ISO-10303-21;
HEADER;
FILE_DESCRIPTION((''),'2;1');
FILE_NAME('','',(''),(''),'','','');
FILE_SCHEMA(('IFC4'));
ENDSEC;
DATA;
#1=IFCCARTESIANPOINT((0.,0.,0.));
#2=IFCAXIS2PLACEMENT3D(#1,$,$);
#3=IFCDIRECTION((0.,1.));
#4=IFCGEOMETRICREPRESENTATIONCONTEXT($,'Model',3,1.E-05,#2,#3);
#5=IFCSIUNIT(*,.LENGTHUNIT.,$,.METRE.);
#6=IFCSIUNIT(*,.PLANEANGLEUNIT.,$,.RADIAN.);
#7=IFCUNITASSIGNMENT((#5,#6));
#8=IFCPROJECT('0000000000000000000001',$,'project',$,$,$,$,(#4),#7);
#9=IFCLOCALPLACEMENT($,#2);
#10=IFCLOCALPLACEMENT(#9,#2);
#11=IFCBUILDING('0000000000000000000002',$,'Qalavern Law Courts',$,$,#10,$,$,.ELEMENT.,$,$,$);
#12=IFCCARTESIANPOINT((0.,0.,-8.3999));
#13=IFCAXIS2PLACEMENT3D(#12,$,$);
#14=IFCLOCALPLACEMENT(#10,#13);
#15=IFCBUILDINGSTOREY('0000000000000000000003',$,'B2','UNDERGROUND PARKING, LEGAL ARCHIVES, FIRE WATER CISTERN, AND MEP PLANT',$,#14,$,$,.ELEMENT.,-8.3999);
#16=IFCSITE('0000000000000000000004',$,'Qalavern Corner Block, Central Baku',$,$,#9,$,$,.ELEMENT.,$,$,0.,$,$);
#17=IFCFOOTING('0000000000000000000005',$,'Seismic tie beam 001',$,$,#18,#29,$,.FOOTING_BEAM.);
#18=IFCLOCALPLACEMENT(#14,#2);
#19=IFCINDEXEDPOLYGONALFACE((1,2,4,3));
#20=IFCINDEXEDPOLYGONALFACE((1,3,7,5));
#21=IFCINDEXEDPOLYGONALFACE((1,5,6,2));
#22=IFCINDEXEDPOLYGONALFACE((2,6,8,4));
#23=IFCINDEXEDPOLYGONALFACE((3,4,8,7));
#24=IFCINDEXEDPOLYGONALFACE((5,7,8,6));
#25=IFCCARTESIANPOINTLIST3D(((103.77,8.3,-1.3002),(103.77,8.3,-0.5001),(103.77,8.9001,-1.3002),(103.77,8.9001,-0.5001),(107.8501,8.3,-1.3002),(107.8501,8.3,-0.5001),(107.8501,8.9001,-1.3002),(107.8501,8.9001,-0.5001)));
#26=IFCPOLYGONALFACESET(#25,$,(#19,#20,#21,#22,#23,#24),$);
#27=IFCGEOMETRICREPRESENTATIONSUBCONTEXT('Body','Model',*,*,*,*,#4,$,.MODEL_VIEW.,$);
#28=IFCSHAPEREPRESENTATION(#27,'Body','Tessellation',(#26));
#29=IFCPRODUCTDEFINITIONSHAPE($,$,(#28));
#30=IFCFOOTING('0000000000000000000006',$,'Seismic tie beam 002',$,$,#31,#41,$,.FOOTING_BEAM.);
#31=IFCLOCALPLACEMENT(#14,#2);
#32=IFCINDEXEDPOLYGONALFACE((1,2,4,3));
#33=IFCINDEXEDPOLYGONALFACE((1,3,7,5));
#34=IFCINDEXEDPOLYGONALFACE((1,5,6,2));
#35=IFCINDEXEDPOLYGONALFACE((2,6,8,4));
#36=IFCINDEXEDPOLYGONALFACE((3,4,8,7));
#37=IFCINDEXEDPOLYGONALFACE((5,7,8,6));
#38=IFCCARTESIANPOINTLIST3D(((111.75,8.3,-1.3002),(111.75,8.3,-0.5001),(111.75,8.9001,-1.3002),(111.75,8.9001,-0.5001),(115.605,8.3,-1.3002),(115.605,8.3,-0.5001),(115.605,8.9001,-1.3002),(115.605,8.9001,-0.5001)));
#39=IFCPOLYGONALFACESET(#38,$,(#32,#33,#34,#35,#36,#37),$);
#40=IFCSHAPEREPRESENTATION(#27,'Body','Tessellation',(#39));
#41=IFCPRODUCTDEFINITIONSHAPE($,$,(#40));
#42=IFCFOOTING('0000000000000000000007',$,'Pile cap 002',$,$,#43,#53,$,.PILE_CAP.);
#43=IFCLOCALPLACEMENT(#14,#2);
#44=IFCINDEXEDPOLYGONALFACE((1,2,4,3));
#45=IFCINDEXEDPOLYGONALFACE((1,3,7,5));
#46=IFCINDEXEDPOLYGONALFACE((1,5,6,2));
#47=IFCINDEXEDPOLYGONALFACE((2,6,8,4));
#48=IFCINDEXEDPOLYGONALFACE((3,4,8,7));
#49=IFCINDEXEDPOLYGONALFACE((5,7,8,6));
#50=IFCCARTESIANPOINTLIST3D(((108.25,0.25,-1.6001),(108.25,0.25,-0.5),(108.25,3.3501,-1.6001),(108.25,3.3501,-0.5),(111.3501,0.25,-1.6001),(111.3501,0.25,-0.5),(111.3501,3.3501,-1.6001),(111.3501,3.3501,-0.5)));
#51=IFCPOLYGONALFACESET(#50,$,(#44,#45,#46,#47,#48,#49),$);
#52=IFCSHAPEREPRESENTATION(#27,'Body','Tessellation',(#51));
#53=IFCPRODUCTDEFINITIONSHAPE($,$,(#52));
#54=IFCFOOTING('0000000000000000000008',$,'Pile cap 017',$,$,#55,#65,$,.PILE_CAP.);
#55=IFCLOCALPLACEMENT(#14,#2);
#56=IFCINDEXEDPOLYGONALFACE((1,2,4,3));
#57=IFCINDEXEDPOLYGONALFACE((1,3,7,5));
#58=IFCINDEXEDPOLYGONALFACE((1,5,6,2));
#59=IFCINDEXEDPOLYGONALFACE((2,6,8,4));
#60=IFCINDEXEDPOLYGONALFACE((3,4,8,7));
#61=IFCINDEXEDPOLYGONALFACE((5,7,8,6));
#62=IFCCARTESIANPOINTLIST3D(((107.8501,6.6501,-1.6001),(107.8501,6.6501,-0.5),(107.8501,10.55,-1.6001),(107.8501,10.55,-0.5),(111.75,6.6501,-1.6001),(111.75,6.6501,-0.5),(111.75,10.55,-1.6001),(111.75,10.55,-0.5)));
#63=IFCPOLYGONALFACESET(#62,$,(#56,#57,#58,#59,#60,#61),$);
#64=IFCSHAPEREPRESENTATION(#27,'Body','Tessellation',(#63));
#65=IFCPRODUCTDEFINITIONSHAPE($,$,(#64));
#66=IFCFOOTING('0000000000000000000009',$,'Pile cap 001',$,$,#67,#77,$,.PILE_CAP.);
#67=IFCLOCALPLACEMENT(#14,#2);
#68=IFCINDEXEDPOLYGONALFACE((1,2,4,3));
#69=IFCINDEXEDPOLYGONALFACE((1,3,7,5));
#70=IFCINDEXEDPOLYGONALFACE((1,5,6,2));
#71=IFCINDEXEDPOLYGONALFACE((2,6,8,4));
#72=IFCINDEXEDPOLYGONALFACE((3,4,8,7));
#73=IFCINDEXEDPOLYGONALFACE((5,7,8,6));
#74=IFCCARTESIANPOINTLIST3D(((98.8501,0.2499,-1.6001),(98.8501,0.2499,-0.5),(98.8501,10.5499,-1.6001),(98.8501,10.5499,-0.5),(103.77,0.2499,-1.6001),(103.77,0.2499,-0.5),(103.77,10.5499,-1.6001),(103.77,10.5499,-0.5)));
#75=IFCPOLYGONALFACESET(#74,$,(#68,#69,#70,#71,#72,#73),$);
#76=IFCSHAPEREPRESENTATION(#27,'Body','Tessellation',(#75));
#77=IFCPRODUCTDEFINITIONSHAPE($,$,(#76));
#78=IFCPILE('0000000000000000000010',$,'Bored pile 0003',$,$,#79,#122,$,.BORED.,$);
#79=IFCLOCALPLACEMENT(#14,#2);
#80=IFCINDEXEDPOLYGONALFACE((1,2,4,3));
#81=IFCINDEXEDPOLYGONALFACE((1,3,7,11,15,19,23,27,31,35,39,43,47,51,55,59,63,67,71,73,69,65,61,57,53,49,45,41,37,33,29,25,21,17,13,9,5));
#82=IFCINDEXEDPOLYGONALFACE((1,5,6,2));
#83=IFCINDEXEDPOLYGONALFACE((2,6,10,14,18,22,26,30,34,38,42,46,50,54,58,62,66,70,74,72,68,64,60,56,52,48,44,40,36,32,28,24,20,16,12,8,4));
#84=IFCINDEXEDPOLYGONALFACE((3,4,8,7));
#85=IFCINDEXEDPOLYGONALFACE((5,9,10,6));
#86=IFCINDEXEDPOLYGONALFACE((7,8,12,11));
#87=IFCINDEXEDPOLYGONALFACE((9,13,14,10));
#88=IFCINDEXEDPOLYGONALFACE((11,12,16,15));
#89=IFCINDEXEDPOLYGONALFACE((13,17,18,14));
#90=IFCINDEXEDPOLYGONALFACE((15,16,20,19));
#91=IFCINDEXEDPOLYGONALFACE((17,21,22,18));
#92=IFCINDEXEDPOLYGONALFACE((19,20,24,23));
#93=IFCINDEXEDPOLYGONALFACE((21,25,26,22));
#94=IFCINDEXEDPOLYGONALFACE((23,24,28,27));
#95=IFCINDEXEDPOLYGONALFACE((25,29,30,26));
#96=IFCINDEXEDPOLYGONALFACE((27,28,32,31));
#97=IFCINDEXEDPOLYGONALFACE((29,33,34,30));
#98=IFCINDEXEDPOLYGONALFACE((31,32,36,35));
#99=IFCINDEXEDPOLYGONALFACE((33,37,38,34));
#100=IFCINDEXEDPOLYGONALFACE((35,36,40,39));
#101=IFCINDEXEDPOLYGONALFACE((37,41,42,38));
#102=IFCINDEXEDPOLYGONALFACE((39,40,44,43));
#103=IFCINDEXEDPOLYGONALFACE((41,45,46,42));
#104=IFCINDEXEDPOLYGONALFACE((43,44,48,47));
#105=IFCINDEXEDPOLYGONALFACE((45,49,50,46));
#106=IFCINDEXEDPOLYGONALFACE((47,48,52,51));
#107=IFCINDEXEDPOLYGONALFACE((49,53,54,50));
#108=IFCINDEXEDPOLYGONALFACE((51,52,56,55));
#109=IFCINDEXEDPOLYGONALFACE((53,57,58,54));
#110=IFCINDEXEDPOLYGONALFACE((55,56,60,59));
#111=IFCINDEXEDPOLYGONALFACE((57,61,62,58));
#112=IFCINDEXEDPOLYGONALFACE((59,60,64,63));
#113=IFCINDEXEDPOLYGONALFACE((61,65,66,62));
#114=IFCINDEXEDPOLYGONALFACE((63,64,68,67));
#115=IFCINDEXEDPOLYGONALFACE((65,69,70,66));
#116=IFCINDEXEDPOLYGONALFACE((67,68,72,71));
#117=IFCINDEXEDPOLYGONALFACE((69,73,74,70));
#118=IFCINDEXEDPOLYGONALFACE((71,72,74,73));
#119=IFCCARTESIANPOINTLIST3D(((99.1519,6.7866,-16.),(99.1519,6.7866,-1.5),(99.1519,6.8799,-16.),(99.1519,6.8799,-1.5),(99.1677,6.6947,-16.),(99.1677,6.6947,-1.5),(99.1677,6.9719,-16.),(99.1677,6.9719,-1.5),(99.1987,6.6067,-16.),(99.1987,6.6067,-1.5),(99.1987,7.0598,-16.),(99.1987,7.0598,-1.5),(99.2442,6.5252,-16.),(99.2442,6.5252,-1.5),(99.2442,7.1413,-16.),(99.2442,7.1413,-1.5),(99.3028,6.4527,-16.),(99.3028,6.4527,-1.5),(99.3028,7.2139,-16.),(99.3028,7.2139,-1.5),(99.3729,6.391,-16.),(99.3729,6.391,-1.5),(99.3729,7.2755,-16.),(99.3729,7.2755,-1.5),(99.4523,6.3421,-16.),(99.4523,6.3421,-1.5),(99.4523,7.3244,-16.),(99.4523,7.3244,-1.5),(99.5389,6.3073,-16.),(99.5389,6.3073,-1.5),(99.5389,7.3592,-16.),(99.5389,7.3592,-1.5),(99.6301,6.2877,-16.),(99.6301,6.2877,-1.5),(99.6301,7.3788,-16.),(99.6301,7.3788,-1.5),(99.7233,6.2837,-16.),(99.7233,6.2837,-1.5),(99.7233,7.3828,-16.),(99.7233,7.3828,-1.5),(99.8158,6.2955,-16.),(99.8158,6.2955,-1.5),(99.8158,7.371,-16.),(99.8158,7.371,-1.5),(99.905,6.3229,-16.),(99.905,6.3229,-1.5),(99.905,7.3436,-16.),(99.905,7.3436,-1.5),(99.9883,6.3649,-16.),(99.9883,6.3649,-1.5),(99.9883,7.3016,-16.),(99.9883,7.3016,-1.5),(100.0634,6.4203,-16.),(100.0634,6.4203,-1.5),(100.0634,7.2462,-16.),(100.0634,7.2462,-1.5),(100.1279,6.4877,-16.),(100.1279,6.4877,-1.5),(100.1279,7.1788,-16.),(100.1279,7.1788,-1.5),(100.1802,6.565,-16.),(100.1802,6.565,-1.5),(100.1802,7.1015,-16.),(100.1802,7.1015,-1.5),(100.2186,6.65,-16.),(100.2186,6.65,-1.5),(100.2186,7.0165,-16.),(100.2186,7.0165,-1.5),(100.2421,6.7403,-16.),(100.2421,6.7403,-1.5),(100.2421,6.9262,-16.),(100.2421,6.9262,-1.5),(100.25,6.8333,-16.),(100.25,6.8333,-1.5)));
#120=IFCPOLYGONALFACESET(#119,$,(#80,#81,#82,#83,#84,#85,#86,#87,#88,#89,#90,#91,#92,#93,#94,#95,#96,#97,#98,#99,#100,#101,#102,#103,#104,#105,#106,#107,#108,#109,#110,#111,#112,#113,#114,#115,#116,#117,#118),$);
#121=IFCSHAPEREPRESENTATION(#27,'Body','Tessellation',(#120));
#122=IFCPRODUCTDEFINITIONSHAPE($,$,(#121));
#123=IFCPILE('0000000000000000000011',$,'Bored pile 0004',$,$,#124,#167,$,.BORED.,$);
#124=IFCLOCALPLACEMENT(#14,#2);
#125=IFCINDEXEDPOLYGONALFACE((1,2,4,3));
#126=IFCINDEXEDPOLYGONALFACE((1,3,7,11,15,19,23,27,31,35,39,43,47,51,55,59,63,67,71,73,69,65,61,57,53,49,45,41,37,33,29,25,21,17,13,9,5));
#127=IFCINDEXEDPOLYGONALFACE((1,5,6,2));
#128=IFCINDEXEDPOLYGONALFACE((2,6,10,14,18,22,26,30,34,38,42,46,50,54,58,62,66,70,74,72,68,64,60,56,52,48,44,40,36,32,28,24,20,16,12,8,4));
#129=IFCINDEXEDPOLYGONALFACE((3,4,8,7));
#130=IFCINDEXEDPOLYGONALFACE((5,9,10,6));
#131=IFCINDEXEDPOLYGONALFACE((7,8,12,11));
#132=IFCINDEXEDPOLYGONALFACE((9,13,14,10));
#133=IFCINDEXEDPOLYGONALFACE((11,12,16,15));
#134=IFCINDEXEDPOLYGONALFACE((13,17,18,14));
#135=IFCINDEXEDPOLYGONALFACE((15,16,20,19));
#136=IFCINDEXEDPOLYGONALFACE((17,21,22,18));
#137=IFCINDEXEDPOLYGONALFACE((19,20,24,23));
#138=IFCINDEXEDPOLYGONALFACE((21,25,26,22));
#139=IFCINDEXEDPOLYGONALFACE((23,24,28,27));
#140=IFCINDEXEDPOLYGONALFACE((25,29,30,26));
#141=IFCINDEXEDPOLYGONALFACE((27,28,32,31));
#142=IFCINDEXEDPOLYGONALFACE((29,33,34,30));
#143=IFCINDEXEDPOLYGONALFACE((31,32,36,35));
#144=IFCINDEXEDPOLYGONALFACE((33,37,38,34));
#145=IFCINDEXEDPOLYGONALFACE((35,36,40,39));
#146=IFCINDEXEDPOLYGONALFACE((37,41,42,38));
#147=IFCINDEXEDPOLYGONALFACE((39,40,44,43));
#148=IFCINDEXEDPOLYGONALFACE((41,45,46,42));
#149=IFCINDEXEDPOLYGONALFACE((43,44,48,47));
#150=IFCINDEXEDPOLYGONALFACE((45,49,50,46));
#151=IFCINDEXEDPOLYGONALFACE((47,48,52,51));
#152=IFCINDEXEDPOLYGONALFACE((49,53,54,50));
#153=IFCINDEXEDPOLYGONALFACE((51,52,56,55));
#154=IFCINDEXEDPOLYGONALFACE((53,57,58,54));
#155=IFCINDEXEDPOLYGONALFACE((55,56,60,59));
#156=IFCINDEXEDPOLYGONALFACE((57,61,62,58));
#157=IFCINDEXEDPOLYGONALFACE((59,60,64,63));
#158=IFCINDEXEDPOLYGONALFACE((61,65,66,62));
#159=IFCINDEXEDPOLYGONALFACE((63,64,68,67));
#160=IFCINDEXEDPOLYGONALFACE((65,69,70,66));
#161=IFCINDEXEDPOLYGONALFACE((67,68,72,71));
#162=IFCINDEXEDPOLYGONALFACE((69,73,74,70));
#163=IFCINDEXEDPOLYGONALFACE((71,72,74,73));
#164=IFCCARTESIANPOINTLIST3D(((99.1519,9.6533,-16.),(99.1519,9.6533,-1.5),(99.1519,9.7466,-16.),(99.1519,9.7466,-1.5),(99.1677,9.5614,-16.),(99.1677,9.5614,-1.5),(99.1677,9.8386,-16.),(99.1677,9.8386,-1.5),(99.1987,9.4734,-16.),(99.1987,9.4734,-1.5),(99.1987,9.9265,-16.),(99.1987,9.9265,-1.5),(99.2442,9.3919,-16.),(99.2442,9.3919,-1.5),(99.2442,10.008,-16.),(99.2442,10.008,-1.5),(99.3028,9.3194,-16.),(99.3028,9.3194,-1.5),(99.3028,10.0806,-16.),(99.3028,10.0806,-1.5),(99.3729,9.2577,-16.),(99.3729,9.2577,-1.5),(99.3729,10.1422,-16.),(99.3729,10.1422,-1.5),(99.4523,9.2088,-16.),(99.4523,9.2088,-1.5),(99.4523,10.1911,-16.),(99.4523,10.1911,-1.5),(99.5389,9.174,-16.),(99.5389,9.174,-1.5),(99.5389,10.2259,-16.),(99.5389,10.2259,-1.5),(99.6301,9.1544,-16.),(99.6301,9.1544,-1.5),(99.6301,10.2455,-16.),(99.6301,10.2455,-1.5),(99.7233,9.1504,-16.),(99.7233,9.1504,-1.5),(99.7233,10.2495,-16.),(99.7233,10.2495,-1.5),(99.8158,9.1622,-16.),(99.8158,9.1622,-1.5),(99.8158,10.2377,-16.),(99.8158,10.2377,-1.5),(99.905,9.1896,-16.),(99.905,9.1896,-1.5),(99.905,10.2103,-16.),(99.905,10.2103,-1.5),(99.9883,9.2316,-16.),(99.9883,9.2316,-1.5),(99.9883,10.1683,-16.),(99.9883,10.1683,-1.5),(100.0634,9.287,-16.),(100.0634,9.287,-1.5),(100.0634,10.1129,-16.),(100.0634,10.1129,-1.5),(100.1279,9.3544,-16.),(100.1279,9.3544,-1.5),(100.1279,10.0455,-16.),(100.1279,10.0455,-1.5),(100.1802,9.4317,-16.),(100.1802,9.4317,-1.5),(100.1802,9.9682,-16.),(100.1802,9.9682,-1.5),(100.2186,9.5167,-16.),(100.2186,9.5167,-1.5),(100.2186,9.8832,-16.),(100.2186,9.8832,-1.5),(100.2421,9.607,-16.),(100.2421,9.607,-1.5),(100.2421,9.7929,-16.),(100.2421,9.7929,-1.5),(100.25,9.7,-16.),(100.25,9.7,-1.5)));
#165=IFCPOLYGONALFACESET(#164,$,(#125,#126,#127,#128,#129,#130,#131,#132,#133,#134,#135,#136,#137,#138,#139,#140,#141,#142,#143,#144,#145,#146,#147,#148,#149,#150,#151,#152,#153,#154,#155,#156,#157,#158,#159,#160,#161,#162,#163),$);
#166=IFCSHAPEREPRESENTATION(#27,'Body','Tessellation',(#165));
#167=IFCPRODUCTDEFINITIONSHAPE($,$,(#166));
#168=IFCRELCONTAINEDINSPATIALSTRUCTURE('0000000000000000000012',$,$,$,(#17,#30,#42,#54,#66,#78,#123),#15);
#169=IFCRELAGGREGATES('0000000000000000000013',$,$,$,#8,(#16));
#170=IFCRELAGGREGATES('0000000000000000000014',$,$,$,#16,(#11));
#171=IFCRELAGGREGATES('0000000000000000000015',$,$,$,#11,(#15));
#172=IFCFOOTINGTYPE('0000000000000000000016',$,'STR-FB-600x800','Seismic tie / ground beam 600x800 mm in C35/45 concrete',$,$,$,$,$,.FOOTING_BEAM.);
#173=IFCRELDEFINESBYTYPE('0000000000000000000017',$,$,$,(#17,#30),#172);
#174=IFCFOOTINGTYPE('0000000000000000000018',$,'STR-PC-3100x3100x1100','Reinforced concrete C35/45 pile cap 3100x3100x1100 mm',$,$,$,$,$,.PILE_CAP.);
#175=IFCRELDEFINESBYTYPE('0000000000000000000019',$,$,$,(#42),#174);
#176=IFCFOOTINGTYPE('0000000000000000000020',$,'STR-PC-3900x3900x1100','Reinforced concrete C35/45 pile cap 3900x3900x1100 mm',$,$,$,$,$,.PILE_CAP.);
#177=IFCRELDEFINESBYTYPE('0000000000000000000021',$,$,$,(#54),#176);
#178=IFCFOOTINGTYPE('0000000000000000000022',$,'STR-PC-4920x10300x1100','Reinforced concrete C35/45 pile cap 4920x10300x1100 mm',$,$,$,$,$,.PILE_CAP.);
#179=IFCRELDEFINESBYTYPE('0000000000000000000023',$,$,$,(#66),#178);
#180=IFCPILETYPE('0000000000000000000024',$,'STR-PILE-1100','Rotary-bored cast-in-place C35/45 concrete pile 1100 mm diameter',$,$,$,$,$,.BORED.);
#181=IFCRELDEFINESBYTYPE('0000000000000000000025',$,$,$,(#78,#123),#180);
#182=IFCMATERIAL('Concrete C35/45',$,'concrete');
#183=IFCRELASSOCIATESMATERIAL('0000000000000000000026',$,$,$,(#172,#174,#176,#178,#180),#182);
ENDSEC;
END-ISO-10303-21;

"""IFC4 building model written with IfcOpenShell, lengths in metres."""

from ifc_helpers import new_model, si_unit, direction, frame, origin, origin_2d, place, context, subcontext, project, spatial, rectangle, circle, extrude, material, material_profile, profile_set, type_object, element, save


model = new_model("IFC4")

# Units and contexts
model_context = context("Model", 3, precision=1e-05, world=origin(), true_north=direction((0.0, 1.0)))
body_context = subcontext(model_context, "Body", "Model", "MODEL_VIEW")
ifc_project = project(units=[si_unit("LENGTHUNIT", "METRE"), si_unit("PLANEANGLEUNIT", "RADIAN")], contexts=[model_context])

# Site, building, storey
site_placement = place(None, origin())
site = spatial("IfcSite", under=ifc_project, at=site_placement, Name="Qalavern Corner Block, Central Baku", CompositionType="ELEMENT", RefElevation=0.0)
building_placement = place(site_placement, origin())
building = spatial("IfcBuilding", under=site, at=building_placement, Name="Qalavern Law Courts", CompositionType="ELEMENT")
storey_placement = place(building_placement, frame((0.0, 0.0, -8.3999)))
storey = spatial("IfcBuildingStorey", under=building, at=storey_placement, Name="B2", Description="UNDERGROUND PARKING, LEGAL ARCHIVES, FIRE WATER CISTERN, AND MEP PLANT", CompositionType="ELEMENT", Elevation=-8.3999)

# Footings
ifc_material_1 = material(Name="Concrete C35/45", Category="concrete")
ifc_material_profile_1 = material_profile(ifc_material_1, rectangle(XDim=0.6001, YDim=0.8, at=origin_2d()), Name="RC 600x800")
ifc_profile_set_1 = profile_set([ifc_material_profile_1], Name="Concrete C35/45")
footing_type_1 = type_object("IfcFootingType", Name="STR-FB-600x800", Description="Seismic tie / ground beam 600x800 mm in C35/45 concrete", PredefinedType="FOOTING_BEAM", material=ifc_profile_set_1)
footing_1_placement = place(storey_placement, frame((103.77, 8.6001, -0.9001), z_axis=(1.0, 0.0, 0.0), x_axis=(0.0, 1.0, 0.0)))
element("IfcFooting", 1, at=footing_1_placement, inside=storey, type_object=footing_type_1, Name="Seismic tie beam 001", PredefinedType="FOOTING_BEAM", context=body_context, shape_type="SweptSolid", body=[
    extrude(rectangle(XDim=0.6001, YDim=0.8, at=origin_2d()), origin(), (0.0, 0.0, 1.0), 4.0801),
])
footing_2_placement = place(storey_placement, frame((111.75, 8.6001, -0.9001), z_axis=(1.0, 0.0, 0.0), x_axis=(0.0, 1.0, 0.0)))
element("IfcFooting", 2, at=footing_2_placement, inside=storey, type_object=footing_type_1, Name="Seismic tie beam 002", PredefinedType="FOOTING_BEAM", context=body_context, shape_type="SweptSolid", body=[
    extrude(rectangle(XDim=0.6001, YDim=0.8, at=origin_2d()), origin(), (0.0, 0.0, 1.0), 3.855),
])
footing_type_2 = type_object("IfcFootingType", Name="STR-PC-3100x3100x1100", Description="Reinforced concrete C35/45 pile cap 3100x3100x1100 mm", PredefinedType="PILE_CAP", material=ifc_material_1)
footing_3_placement = place(storey_placement, frame((109.8, 1.8, -1.6001), z_axis=(0.0, 0.0, 1.0), x_axis=(1.0, 0.0, 0.0)))
element("IfcFooting", 3, at=footing_3_placement, inside=storey, type_object=footing_type_2, Name="Pile cap 002", PredefinedType="PILE_CAP", context=body_context, shape_type="SweptSolid", body=[
    extrude(rectangle(XDim=3.1001, YDim=3.1001, at=origin_2d()), origin(), (0.0, 0.0, 1.0), 1.1001),
])
footing_type_3 = type_object("IfcFootingType", Name="STR-PC-3900x3900x1100", Description="Reinforced concrete C35/45 pile cap 3900x3900x1100 mm", PredefinedType="PILE_CAP", material=ifc_material_1)
footing_4_placement = place(storey_placement, frame((109.8, 8.6001, -1.6001), z_axis=(0.0, 0.0, 1.0), x_axis=(1.0, 0.0, 0.0)))
element("IfcFooting", 4, at=footing_4_placement, inside=storey, type_object=footing_type_3, Name="Pile cap 017", PredefinedType="PILE_CAP", context=body_context, shape_type="SweptSolid", body=[
    extrude(rectangle(XDim=3.8999, YDim=3.8999, at=origin_2d()), origin(), (0.0, 0.0, 1.0), 1.1001),
])
footing_type_4 = type_object("IfcFootingType", Name="STR-PC-4920x10300x1100", Description="Reinforced concrete C35/45 pile cap 4920x10300x1100 mm", PredefinedType="PILE_CAP", material=ifc_material_1)
footing_5_placement = place(storey_placement, frame((101.3101, 5.3999, -1.6001), z_axis=(0.0, 0.0, 1.0), x_axis=(1.0, 0.0, 0.0)))
element("IfcFooting", 5, at=footing_5_placement, inside=storey, type_object=footing_type_4, Name="Pile cap 001", PredefinedType="PILE_CAP", context=body_context, shape_type="SweptSolid", body=[
    extrude(rectangle(XDim=4.9199, YDim=10.3, at=origin_2d()), origin(), (0.0, 0.0, 1.0), 1.1001),
])

# Piles
ifc_material_profile_2 = material_profile(ifc_material_1, circle(Radius=0.55, at=origin_2d()), Name="BORED PILE 1100")
ifc_profile_set_2 = profile_set([ifc_material_profile_2], Name="Concrete C35/45")
pile_type_1 = type_object("IfcPileType", Name="STR-PILE-1100", Description="Rotary-bored cast-in-place C35/45 concrete pile 1100 mm diameter", PredefinedType="BORED", material=ifc_profile_set_2)
for number, where, z_axis, x_axis, name in (
    (6, (99.7, 6.8333, -1.5), (0.0, 0.0, -1.0), (1.0, 0.0, 0.0), "Bored pile 0003"),
    (7, (99.7, 9.7, -1.5), (0.0, 0.0, -1.0), (1.0, 0.0, 0.0), "Bored pile 0004"),
):
    element("IfcPile", number, at=place(storey_placement, frame(where, z_axis=z_axis, x_axis=x_axis)), inside=storey, type_object=pile_type_1, Name=name, PredefinedType="BORED", context=body_context, shape_type="SweptSolid", body=[
        extrude(circle(Radius=0.55, at=origin_2d()), origin(), (0.0, 0.0, 1.0), 14.5),
    ])

save(model, "model.ifc")
